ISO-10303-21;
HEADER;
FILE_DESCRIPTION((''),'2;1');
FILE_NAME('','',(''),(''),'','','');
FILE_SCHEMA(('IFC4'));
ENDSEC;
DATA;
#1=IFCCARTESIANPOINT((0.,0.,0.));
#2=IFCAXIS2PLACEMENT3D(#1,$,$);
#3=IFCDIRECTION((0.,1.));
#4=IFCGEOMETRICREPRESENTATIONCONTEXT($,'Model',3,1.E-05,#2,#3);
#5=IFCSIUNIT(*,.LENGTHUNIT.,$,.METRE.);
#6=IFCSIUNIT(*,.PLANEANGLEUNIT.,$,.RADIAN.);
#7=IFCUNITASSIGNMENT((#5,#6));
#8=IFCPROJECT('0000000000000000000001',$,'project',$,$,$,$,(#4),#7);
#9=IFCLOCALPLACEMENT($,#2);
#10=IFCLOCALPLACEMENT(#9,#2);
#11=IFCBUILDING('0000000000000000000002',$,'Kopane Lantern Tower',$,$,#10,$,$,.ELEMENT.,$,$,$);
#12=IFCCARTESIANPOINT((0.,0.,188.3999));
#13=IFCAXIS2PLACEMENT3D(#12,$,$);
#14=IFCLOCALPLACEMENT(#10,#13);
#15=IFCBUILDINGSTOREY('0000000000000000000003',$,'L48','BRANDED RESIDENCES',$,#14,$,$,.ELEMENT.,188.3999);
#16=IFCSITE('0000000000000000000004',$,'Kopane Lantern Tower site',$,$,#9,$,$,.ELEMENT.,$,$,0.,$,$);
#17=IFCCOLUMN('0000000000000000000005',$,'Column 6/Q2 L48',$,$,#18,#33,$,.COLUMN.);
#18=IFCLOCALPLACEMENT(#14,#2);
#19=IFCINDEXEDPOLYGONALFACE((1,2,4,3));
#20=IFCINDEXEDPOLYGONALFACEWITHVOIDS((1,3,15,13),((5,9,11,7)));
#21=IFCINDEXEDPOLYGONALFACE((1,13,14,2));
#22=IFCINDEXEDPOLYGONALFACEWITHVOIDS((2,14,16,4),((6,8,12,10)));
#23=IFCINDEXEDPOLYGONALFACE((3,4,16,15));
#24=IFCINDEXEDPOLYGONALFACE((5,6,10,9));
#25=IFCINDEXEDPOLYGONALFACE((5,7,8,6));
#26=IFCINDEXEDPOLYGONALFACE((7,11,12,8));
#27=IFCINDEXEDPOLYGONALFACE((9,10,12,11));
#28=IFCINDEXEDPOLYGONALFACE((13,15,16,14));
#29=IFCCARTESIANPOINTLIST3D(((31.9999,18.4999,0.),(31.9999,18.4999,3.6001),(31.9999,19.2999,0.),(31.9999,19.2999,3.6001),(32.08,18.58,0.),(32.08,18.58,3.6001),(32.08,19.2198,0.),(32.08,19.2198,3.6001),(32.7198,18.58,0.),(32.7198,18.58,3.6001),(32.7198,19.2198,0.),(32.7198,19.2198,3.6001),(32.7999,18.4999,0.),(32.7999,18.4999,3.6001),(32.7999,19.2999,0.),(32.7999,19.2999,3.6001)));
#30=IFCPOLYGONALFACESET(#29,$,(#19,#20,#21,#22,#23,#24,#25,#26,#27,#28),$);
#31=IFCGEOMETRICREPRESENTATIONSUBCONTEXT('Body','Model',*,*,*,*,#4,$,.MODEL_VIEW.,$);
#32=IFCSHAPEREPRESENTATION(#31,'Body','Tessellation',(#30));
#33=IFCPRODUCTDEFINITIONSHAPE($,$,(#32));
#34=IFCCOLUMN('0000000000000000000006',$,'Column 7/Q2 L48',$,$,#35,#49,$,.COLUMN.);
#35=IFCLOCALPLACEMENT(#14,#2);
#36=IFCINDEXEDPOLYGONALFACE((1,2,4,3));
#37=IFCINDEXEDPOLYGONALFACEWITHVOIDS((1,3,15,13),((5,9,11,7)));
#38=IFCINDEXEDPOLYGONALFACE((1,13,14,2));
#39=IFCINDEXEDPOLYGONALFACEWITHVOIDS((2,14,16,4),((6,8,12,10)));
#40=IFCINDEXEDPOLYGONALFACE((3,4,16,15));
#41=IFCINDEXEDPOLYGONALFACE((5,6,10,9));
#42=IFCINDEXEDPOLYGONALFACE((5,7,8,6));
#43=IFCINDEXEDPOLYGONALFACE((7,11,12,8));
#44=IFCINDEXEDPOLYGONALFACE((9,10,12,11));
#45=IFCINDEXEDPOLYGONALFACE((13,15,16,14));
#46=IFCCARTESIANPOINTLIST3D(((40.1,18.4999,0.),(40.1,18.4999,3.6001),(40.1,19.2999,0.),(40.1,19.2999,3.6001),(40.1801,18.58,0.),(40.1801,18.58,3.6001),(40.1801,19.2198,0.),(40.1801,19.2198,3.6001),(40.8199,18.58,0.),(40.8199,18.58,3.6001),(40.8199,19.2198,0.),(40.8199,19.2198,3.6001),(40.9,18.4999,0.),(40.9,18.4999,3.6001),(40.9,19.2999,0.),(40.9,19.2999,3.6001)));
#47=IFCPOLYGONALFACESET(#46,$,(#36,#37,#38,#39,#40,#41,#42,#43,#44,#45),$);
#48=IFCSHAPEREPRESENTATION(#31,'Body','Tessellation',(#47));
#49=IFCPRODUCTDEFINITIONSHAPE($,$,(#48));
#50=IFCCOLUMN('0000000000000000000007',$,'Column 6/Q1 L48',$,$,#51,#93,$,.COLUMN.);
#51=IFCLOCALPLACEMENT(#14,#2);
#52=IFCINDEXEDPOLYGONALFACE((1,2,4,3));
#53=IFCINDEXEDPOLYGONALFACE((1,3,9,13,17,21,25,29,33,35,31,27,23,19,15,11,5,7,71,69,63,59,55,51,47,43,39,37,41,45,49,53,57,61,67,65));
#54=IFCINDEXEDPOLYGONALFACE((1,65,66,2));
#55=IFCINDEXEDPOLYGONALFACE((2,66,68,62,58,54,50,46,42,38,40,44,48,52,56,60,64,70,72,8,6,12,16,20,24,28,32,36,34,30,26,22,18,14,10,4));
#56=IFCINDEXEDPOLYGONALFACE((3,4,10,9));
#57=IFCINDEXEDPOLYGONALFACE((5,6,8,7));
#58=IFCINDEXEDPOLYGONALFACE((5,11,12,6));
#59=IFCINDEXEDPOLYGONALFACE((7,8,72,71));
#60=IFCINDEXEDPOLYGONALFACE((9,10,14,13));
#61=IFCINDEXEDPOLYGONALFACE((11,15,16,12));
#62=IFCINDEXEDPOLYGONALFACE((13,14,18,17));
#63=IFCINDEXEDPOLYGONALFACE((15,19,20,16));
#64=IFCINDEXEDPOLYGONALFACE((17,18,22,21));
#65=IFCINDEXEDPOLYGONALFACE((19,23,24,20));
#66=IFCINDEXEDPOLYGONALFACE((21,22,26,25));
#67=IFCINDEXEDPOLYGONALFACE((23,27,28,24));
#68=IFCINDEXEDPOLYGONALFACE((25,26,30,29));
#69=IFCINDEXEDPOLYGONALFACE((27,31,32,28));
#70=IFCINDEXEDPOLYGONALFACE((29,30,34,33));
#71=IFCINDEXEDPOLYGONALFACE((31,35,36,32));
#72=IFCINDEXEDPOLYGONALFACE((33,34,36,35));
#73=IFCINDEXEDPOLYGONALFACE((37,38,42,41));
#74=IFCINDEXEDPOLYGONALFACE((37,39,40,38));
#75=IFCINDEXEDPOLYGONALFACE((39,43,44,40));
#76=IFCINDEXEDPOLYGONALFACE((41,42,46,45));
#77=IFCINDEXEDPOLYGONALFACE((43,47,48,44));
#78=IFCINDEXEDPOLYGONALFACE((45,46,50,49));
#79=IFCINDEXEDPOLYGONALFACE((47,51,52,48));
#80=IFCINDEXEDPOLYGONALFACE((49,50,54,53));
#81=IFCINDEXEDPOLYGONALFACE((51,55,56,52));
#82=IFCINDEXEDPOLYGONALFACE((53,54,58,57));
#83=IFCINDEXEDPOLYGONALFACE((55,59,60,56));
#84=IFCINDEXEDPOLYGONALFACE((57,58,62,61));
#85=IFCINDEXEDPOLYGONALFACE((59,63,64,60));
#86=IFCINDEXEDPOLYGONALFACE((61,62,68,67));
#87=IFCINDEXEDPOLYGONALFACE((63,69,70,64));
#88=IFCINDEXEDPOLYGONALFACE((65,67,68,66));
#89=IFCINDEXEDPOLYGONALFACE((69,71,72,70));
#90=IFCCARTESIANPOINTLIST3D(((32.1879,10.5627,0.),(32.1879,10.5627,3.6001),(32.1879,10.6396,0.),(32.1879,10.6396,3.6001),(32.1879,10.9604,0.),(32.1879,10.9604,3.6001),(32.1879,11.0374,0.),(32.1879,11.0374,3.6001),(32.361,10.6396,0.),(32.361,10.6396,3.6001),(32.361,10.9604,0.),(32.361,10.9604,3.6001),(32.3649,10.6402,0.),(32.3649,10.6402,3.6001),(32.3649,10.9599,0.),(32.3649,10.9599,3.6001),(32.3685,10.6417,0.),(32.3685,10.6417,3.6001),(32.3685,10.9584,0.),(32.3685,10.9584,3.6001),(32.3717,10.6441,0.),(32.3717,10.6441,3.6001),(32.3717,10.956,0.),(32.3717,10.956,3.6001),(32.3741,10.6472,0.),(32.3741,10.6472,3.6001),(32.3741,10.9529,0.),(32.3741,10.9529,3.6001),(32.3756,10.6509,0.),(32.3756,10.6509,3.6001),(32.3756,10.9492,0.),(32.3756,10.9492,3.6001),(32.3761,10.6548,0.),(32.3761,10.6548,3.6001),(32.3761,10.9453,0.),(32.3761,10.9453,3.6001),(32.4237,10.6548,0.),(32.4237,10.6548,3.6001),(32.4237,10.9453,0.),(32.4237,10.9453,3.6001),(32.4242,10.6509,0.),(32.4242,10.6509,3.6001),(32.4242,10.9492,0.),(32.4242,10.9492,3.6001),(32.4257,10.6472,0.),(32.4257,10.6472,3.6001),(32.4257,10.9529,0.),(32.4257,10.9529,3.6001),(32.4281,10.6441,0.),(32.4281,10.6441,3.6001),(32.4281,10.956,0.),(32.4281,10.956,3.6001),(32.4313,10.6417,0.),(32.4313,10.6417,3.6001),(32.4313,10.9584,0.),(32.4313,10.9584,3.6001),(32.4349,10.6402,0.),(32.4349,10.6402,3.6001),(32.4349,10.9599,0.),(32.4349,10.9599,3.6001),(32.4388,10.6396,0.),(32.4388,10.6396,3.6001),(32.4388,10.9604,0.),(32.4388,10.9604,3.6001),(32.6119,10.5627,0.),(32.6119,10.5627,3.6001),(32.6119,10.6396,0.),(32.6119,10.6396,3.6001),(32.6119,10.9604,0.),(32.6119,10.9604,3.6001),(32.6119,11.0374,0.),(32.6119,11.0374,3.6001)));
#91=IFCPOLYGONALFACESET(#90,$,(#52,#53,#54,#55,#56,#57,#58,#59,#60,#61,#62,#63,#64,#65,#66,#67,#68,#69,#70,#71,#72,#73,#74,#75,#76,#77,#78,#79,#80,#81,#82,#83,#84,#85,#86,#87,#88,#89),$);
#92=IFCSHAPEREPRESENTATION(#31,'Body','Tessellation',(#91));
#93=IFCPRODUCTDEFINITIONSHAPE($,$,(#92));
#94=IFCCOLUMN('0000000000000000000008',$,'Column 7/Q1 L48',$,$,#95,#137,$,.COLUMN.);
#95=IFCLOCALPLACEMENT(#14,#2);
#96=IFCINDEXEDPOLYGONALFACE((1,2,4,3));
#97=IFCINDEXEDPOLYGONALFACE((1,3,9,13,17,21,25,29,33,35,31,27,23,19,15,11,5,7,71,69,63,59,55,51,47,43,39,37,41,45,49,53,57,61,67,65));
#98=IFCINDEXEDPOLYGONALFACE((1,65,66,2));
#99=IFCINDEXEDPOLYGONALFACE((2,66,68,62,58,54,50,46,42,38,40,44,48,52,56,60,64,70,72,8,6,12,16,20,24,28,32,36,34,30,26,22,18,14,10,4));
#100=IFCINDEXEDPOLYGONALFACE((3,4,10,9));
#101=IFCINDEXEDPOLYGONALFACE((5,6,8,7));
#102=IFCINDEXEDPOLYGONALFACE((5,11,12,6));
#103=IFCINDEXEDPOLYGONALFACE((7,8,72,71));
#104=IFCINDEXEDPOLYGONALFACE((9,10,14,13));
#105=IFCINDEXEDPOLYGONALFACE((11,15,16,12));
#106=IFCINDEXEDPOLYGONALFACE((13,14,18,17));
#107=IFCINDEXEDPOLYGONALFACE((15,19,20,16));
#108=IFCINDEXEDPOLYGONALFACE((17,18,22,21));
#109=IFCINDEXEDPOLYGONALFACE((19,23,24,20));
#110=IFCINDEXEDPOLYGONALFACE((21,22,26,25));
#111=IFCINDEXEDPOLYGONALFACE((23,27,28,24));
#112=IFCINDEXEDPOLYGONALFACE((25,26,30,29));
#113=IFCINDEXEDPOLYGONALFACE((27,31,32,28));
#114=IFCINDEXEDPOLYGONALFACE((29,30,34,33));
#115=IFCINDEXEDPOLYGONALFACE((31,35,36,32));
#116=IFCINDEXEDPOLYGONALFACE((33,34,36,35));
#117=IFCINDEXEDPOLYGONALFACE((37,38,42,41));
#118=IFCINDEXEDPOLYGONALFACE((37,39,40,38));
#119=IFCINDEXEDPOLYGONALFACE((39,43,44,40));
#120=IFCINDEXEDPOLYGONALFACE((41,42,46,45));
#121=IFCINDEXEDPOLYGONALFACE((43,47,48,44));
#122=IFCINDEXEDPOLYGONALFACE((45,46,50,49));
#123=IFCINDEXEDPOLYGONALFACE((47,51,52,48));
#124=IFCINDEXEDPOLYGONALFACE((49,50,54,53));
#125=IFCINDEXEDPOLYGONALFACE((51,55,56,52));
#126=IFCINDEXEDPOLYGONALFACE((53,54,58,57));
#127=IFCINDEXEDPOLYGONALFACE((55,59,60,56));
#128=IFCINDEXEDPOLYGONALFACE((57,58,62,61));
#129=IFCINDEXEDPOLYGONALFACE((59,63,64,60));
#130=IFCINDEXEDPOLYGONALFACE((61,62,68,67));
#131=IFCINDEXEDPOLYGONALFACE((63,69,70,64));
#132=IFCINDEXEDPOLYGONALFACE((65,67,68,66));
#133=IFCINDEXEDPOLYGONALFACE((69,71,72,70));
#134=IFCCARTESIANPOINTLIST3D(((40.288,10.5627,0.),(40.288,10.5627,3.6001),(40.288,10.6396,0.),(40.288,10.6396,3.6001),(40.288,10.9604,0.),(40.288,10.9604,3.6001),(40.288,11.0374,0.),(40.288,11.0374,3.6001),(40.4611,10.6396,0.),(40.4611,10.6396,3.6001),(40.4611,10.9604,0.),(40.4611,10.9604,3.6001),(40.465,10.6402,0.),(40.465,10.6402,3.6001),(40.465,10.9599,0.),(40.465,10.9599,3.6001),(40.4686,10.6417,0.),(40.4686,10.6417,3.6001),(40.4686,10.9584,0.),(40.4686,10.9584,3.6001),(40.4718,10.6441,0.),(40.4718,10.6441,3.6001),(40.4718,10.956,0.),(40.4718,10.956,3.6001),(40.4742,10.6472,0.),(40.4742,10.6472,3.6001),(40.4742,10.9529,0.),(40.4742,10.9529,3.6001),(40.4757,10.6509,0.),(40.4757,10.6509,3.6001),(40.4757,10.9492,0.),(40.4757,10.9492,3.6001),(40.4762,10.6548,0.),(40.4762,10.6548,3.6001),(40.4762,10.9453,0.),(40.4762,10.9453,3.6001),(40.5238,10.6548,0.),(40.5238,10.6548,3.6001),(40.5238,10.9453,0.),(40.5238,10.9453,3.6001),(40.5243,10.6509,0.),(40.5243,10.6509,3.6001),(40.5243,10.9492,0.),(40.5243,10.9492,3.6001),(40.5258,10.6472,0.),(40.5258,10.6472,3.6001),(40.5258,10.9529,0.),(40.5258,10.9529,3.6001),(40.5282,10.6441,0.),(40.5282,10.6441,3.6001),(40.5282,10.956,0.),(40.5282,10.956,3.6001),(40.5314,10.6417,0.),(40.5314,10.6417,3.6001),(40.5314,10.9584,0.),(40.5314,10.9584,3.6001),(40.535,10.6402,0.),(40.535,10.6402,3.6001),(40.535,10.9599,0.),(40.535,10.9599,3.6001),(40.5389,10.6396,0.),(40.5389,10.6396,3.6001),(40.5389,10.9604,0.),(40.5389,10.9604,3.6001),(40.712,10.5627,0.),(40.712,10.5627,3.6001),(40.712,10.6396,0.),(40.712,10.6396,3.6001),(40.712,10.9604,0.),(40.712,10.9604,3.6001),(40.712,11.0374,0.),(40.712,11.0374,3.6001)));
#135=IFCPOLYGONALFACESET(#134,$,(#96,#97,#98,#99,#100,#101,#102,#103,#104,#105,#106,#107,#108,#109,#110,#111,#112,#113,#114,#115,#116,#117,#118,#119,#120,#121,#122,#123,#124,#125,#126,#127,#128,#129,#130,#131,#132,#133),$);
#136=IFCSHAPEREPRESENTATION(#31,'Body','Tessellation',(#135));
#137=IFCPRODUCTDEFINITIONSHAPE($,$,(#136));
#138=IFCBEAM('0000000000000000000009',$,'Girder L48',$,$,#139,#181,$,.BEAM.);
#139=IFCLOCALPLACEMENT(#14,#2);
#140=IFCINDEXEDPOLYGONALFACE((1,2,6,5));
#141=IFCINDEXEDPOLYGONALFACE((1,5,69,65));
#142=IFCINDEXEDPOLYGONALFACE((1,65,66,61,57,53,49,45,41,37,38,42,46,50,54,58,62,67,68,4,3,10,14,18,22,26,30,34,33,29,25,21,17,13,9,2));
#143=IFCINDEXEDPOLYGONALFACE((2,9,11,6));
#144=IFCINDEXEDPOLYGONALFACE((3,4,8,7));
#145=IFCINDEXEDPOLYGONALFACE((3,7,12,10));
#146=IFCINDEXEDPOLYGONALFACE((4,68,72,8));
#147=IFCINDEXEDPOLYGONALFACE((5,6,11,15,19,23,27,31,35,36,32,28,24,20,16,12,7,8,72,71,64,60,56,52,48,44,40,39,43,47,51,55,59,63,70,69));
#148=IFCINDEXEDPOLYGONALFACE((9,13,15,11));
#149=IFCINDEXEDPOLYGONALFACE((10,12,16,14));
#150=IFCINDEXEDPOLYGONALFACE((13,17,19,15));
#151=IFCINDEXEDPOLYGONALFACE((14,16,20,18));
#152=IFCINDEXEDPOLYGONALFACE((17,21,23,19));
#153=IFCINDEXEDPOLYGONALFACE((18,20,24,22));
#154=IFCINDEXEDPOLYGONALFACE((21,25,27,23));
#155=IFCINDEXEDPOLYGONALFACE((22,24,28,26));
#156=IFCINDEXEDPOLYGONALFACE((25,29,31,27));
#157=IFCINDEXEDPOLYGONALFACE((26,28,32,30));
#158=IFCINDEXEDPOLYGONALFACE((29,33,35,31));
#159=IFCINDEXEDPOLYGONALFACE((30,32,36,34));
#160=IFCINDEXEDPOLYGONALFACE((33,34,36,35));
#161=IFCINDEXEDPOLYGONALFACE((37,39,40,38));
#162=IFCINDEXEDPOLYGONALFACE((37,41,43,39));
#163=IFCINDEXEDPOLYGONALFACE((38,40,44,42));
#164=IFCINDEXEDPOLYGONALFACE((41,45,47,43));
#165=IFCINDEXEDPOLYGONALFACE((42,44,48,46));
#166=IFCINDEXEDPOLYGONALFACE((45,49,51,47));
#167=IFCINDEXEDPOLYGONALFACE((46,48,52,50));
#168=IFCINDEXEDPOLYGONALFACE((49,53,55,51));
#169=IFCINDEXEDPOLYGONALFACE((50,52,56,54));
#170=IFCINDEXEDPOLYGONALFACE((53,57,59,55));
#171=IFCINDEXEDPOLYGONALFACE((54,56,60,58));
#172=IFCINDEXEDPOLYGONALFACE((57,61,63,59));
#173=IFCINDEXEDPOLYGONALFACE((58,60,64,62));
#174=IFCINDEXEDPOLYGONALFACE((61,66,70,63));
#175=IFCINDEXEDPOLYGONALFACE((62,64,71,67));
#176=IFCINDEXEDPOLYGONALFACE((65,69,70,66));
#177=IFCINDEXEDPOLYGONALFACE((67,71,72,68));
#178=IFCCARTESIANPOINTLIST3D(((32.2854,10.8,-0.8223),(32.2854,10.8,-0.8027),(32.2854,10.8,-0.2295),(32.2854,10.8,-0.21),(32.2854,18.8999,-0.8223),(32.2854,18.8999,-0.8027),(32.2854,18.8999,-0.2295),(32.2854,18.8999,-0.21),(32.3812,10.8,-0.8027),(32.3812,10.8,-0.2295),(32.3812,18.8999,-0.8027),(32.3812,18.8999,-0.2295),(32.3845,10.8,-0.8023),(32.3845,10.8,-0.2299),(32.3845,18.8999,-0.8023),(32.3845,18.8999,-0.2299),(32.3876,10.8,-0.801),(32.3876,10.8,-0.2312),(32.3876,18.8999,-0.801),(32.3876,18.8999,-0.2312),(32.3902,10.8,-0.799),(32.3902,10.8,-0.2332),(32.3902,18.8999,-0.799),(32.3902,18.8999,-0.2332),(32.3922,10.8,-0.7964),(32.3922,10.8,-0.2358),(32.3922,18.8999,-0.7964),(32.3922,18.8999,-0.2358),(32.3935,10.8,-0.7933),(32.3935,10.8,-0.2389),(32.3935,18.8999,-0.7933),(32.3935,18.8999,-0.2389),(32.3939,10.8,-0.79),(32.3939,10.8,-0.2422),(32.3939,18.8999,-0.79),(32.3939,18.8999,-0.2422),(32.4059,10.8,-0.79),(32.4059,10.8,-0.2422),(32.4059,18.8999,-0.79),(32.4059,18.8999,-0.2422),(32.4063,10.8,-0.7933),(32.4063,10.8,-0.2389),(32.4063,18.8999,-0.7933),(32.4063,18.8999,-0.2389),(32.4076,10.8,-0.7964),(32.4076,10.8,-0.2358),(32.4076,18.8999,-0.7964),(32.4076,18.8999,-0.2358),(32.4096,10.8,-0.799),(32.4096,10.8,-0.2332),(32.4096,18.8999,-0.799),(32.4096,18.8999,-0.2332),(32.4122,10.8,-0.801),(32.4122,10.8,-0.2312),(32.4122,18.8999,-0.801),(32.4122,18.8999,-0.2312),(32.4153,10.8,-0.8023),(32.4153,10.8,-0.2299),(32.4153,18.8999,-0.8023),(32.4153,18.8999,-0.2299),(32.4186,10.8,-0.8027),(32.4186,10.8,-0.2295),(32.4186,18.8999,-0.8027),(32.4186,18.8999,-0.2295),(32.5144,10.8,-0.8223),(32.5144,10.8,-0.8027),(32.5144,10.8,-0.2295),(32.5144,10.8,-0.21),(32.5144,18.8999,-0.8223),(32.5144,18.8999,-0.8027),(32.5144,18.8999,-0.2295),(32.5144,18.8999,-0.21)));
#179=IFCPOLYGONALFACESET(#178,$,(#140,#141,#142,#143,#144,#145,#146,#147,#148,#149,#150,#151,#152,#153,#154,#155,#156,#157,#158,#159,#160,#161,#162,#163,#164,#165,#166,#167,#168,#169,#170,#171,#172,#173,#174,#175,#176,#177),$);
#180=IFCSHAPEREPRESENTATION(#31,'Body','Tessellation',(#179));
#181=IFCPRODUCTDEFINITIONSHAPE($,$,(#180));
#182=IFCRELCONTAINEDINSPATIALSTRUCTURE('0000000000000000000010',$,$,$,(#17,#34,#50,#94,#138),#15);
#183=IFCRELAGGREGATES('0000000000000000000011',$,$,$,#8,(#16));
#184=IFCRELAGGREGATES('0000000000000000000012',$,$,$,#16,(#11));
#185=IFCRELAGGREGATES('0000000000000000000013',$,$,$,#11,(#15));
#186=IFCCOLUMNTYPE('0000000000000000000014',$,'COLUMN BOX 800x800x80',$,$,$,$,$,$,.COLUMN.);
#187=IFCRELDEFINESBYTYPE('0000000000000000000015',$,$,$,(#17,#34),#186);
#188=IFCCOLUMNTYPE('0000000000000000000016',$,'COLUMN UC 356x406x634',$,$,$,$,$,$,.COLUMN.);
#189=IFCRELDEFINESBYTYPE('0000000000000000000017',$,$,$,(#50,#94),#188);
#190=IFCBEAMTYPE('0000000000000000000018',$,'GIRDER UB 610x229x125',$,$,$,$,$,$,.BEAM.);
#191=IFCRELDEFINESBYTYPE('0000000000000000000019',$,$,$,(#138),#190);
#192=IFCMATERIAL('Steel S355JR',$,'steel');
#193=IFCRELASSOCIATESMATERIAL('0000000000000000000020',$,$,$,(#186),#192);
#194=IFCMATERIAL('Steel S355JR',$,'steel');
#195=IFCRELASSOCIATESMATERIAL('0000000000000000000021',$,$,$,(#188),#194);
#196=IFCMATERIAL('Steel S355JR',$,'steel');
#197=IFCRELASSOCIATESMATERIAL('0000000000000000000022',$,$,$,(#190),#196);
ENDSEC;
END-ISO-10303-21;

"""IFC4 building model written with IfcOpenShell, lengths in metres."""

from ifc_helpers import new_model, si_unit, direction, frame, origin, origin_2d, place, context, subcontext, project, spatial, hollow_rectangle, i_section, extrude, material, material_profile, profile_set, type_object, element, save


model = new_model("IFC4")

# Units and contexts
model_context = context("Model", 3, precision=1e-05, world=origin(), true_north=direction((0.0, 1.0)))
body_context = subcontext(model_context, "Body", "Model", "MODEL_VIEW")
ifc_project = project(units=[si_unit("LENGTHUNIT", "METRE"), si_unit("PLANEANGLEUNIT", "RADIAN")], contexts=[model_context])

# Site, building, storey
site_placement = place(None, origin())
site = spatial("IfcSite", under=ifc_project, at=site_placement, Name="Kopane Lantern Tower site", CompositionType="ELEMENT", RefElevation=0.0)
building_placement = place(site_placement, origin())
building = spatial("IfcBuilding", under=site, at=building_placement, Name="Kopane Lantern Tower", CompositionType="ELEMENT")
storey_placement = place(building_placement, frame((0.0, 0.0, 188.3999)))
storey = spatial("IfcBuildingStorey", under=building, at=storey_placement, Name="L48", Description="BRANDED RESIDENCES", CompositionType="ELEMENT", Elevation=188.3999)

# Columns
ifc_material_1 = material(Name="Steel S355JR", Category="steel")
ifc_material_profile_1 = material_profile(ifc_material_1, hollow_rectangle(XDim=0.8, YDim=0.8, WallThickness=0.0801, at=origin_2d()), Name="BOX 800x800x80")
ifc_profile_set_1 = profile_set([ifc_material_profile_1], Name="Steel S355JR")
column_type_1 = type_object("IfcColumnType", Name="COLUMN BOX 800x800x80", PredefinedType="COLUMN", material=ifc_profile_set_1)
for number, where, z_axis, x_axis, name in (
    (1, (32.3999, 18.8999, 0.0), (0.0, 0.0, 1.0), (1.0, 0.0, 0.0), "Column 6/Q2 L48"),
    (2, (40.5, 18.8999, 0.0), (0.0, 0.0, 1.0), (1.0, 0.0, 0.0), "Column 7/Q2 L48"),
):
    element("IfcColumn", number, at=place(storey_placement, frame(where, z_axis=z_axis, x_axis=x_axis)), inside=storey, type_object=column_type_1, Name=name, PredefinedType="COLUMN", context=body_context, shape_type="SweptSolid", body=[
        extrude(hollow_rectangle(XDim=0.8, YDim=0.8, WallThickness=0.0801, at=origin_2d()), origin(), (0.0, 0.0, 1.0), 3.6001),
    ])
ifc_material_2 = material(Name="Steel S355JR", Category="steel")
ifc_material_profile_2 = material_profile(ifc_material_2, i_section(OverallWidth=0.4241, OverallDepth=0.4746, WebThickness=0.0476, FlangeThickness=0.0769, FilletRadius=0.0151, at=origin_2d()), Name="UC 356x406x634")
ifc_profile_set_2 = profile_set([ifc_material_profile_2], Name="Steel S355JR")
column_type_2 = type_object("IfcColumnType", Name="COLUMN UC 356x406x634", PredefinedType="COLUMN", material=ifc_profile_set_2)
for number, where, z_axis, x_axis, name in (
    (3, (32.3999, 10.8, 0.0), (0.0, 0.0, 1.0), (1.0, 0.0, 0.0), "Column 6/Q1 L48"),
    (4, (40.5, 10.8, 0.0), (0.0, 0.0, 1.0), (1.0, 0.0, 0.0), "Column 7/Q1 L48"),
):
    element("IfcColumn", number, at=place(storey_placement, frame(where, z_axis=z_axis, x_axis=x_axis)), inside=storey, type_object=column_type_2, Name=name, PredefinedType="COLUMN", context=body_context, shape_type="SweptSolid", body=[
        extrude(i_section(OverallWidth=0.4241, OverallDepth=0.4746, WebThickness=0.0476, FlangeThickness=0.0769, FilletRadius=0.0151, at=origin_2d()), origin(), (0.0, 0.0, 1.0), 3.6001),
    ])

# Beam
ifc_material_3 = material(Name="Steel S355JR", Category="steel")
ifc_material_profile_3 = material_profile(ifc_material_3, i_section(OverallWidth=0.229, OverallDepth=0.6123, WebThickness=0.012, FlangeThickness=0.0195, FilletRadius=0.0127, at=origin_2d()), Name="UB 610x229x125")
ifc_profile_set_3 = profile_set([ifc_material_profile_3], Name="Steel S355JR")
beam_type = type_object("IfcBeamType", Name="GIRDER UB 610x229x125", PredefinedType="BEAM", material=ifc_profile_set_3)
beam_1_placement = place(storey_placement, frame((32.3999, 10.8, -0.5161), z_axis=(0.0, 1.0, 0.0), x_axis=(-1.0, 0.0, 0.0)))
element("IfcBeam", 5, at=beam_1_placement, inside=storey, type_object=beam_type, Name="Girder L48", PredefinedType="BEAM", context=body_context, shape_type="SweptSolid", body=[
    extrude(i_section(OverallWidth=0.229, OverallDepth=0.6123, WebThickness=0.012, FlangeThickness=0.0195, FilletRadius=0.0127, at=origin_2d()), origin(), (0.0, 0.0, 1.0), 8.0999),
])

save(model, "model.ifc")
